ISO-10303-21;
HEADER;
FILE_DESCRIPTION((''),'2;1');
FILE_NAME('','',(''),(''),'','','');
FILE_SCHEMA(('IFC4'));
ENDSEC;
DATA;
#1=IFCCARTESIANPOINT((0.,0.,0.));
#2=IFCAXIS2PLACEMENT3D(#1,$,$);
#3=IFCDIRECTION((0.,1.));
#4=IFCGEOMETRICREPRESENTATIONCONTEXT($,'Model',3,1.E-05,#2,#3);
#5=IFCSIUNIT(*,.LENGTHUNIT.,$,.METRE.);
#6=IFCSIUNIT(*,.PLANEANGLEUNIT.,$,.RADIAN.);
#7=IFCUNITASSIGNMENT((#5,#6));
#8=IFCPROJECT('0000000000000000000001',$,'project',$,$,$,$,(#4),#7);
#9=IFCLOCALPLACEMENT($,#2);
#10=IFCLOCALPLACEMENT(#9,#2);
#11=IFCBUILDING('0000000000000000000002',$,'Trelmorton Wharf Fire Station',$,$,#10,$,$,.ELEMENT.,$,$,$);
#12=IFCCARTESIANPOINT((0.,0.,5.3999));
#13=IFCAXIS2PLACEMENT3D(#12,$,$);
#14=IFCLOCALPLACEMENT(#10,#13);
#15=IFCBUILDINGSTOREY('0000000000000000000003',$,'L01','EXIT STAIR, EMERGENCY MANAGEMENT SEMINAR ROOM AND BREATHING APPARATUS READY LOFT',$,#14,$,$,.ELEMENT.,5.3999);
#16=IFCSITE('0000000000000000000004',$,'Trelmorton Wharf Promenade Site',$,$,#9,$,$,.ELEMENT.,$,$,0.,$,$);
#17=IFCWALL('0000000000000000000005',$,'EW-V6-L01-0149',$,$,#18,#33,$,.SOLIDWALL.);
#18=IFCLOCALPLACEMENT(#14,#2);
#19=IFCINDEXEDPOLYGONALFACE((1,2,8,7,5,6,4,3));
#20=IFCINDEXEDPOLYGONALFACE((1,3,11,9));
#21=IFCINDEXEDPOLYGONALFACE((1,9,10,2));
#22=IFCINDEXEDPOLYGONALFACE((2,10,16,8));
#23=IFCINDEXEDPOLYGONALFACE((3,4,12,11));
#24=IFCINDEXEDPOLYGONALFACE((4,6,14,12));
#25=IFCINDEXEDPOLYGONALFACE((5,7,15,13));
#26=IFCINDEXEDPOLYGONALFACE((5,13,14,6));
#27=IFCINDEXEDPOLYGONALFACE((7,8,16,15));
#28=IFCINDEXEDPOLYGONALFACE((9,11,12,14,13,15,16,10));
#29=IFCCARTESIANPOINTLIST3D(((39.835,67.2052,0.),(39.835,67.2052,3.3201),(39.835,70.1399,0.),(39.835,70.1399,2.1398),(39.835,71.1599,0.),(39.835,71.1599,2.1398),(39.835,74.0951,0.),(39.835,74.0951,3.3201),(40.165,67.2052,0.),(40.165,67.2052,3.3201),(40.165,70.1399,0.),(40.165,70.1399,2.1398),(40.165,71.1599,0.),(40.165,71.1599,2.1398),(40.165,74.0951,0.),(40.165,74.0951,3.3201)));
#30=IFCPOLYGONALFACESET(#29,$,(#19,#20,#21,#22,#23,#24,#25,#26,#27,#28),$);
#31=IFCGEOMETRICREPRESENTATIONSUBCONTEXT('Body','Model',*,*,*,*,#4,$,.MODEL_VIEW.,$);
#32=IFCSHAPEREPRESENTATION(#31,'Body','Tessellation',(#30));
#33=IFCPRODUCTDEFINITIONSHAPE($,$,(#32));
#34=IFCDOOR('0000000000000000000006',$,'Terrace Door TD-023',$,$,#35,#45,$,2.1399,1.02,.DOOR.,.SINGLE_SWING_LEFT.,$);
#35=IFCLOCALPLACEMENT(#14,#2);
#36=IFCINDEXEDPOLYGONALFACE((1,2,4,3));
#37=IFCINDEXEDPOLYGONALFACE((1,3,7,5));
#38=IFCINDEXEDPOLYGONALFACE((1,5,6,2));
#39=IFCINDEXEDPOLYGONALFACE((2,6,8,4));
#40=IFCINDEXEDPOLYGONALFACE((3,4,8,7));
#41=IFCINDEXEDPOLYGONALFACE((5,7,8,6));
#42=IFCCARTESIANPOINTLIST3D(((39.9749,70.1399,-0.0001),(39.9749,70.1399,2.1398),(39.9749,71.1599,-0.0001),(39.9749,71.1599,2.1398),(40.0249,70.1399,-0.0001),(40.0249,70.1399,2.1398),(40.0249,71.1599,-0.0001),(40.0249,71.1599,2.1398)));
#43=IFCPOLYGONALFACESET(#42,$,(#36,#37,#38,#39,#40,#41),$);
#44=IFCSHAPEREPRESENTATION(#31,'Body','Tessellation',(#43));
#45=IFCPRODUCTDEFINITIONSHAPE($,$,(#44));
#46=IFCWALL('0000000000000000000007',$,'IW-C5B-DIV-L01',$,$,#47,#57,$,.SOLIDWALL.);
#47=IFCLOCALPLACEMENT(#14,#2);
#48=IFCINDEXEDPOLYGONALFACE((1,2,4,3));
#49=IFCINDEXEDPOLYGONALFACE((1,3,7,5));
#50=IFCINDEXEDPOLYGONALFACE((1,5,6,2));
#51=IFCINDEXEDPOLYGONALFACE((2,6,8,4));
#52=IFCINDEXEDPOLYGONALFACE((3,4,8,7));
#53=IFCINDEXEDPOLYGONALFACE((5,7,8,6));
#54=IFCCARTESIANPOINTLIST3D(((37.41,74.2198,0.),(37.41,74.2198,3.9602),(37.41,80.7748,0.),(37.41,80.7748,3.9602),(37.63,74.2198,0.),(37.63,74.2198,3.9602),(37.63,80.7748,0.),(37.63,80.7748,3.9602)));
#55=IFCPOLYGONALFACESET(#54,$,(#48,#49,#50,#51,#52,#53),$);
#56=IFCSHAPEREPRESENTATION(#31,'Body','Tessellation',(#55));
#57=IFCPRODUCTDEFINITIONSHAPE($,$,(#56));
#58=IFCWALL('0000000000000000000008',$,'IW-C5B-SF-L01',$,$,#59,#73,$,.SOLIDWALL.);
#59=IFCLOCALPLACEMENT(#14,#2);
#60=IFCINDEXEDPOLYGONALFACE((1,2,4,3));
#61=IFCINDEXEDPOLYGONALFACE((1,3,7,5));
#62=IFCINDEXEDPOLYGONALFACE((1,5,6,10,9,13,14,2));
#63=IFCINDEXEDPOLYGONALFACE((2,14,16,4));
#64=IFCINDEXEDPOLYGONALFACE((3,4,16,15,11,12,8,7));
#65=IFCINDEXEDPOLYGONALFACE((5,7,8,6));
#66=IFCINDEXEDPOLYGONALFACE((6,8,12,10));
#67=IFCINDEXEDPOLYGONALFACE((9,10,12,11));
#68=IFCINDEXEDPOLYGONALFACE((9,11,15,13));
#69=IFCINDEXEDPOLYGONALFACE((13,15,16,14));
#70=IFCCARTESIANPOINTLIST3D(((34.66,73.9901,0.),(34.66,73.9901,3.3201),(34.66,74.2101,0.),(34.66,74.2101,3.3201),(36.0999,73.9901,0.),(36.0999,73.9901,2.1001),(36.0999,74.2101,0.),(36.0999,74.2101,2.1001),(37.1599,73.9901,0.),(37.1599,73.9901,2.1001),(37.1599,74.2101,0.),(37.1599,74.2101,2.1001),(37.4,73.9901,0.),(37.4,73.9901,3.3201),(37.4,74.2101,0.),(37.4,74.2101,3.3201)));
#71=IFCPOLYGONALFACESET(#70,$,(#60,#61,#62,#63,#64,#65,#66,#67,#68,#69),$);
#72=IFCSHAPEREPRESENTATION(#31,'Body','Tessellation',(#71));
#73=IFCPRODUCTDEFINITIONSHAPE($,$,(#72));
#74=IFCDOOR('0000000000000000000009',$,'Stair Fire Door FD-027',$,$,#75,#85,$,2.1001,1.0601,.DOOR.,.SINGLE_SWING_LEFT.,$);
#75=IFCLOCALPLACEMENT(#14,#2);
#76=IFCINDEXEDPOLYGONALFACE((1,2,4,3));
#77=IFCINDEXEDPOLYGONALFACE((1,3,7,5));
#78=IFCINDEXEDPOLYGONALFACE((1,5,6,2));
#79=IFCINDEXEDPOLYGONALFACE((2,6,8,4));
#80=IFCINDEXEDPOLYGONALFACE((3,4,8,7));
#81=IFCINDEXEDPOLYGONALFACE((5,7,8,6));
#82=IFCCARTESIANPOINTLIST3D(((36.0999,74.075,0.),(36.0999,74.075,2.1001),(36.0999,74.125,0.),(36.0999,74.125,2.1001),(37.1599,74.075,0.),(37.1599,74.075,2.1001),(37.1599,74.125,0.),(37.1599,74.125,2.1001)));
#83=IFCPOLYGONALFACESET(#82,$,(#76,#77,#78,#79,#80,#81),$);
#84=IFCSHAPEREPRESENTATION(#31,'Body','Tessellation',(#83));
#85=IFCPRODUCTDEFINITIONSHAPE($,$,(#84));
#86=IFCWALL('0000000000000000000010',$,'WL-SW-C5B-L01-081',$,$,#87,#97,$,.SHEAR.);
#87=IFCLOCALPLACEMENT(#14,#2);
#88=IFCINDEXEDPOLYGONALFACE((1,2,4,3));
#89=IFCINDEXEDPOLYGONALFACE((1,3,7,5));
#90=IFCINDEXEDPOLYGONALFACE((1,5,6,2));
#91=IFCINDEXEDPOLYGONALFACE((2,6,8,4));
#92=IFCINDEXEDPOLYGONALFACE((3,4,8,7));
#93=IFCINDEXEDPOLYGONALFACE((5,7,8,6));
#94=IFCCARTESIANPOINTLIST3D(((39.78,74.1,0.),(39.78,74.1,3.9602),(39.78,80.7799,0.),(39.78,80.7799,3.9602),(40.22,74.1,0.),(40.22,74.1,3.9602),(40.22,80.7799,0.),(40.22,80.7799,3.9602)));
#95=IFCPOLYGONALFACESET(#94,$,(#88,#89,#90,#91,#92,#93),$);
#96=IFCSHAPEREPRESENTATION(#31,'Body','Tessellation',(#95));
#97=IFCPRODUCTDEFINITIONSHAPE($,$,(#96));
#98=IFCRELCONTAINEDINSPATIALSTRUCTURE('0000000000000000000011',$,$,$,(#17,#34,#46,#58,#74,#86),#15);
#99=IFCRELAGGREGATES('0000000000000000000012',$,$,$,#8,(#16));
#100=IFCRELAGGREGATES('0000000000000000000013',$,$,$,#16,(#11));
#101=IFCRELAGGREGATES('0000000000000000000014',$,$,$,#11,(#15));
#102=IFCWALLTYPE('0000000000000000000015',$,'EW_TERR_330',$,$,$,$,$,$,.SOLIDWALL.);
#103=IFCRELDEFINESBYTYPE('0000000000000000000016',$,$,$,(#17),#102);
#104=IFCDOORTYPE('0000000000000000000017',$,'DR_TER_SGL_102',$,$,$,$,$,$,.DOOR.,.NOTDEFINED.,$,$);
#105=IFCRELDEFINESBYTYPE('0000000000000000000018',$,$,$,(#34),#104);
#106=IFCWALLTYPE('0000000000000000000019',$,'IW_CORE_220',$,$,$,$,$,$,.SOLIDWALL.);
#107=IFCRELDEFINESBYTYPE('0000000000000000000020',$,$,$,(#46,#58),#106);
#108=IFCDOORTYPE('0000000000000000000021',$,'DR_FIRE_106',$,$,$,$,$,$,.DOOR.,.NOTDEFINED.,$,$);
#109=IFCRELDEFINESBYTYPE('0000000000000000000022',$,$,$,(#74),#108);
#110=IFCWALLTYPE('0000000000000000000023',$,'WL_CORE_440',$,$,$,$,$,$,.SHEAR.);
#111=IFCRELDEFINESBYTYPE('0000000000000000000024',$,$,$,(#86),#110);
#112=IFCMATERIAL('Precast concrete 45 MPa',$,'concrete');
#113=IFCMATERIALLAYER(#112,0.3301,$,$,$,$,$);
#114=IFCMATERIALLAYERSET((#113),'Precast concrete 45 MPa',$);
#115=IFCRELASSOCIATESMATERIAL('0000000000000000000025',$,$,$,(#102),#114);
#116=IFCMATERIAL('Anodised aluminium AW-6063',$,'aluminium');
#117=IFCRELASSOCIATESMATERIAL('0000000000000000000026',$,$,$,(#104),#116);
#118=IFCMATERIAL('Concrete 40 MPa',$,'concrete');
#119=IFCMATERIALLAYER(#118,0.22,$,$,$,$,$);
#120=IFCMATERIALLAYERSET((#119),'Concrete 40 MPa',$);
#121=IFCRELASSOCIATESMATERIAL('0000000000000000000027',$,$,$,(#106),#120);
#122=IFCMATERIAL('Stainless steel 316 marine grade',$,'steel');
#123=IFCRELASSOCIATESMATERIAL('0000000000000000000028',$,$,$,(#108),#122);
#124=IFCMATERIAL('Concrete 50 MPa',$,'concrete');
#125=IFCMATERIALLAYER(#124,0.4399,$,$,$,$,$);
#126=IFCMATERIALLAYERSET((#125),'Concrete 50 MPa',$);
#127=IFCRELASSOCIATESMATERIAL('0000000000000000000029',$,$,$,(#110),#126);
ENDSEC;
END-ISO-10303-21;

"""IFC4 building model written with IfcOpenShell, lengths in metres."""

from ifc_helpers import new_model, si_unit, direction, frame, frame_2d, origin, place, context, subcontext, project, spatial, rectangle, extrude, material, layer, layer_set, type_object, element, fill, save


model = new_model("IFC4")

# Units and contexts
model_context = context("Model", 3, precision=1e-05, world=origin(), true_north=direction((0.0, 1.0)))
body_context = subcontext(model_context, "Body", "Model", "MODEL_VIEW")
ifc_project = project(units=[si_unit("LENGTHUNIT", "METRE"), si_unit("PLANEANGLEUNIT", "RADIAN")], contexts=[model_context])

# Site, building, storey
site_placement = place(None, origin())
site = spatial("IfcSite", under=ifc_project, at=site_placement, Name="Trelmorton Wharf Promenade Site", CompositionType="ELEMENT", RefElevation=0.0)
building_placement = place(site_placement, origin())
building = spatial("IfcBuilding", under=site, at=building_placement, Name="Trelmorton Wharf Fire Station", CompositionType="ELEMENT")
storey_placement = place(building_placement, frame((0.0, 0.0, 5.3999)))
storey = spatial("IfcBuildingStorey", under=building, at=storey_placement, Name="L01", Description="EXIT STAIR, EMERGENCY MANAGEMENT SEMINAR ROOM AND BREATHING APPARATUS READY LOFT", CompositionType="ELEMENT", Elevation=5.3999)

# Wall, opening, door
ifc_material_1 = material(Name="Precast concrete 45 MPa", Category="concrete")
ifc_layer_1 = layer(ifc_material_1, 0.3301)
ifc_layer_set_1 = layer_set([ifc_layer_1], Name="Precast concrete 45 MPa")
wall_type_1 = type_object("IfcWallType", Name="EW_TERR_330", PredefinedType="SOLIDWALL", material=ifc_layer_set_1)
wall_1_placement = place(storey_placement, frame((40.0, 74.095, 0.0), z_axis=(0.0, 0.0, 1.0), x_axis=(0.0, -1.0, 0.0)))
wall_1 = element("IfcWall", 1, at=wall_1_placement, inside=storey, type_object=wall_type_1, Name="EW-V6-L01-0149", PredefinedType="SOLIDWALL", context=body_context, shape_type="SweptSolid", body=[
    extrude(rectangle(XDim=6.8899, YDim=0.3301, at=frame_2d((3.4448, 0.0))), origin(), (0.0, 0.0, 1.0), 3.3201),
])
opening_1_placement = place(wall_1_placement, frame((2.9351, 0.0, 0.0)))
opening_1 = element("IfcOpeningElement", 2, at=opening_1_placement, cuts=wall_1, PredefinedType="OPENING", context=body_context, shape_type="SweptSolid", body=[
    extrude(rectangle(XDim=1.02, YDim=2.1399, at=frame_2d((0.51, 1.0698))), frame((0.0, 0.175, 0.0), z_axis=(0.0, -1.0, 0.0), x_axis=(1.0, 0.0, 0.0)), (0.0, 0.0, 1.0), 0.3501),
])
ifc_material_2 = material(Name="Anodised aluminium AW-6063", Category="aluminium")
door_type_1 = type_object("IfcDoorType", Name="DR_TER_SGL_102", OperationType="NOTDEFINED", PredefinedType="DOOR", material=ifc_material_2)
door_1_placement = place(opening_1_placement, origin())
door_1 = element("IfcDoor", 3, at=door_1_placement, inside=storey, type_object=door_type_1, Name="Terrace Door TD-023", OperationType="SINGLE_SWING_LEFT", OverallHeight=2.1399, OverallWidth=1.02, PredefinedType="DOOR", context=body_context, shape_type="SweptSolid", body=[
    extrude(rectangle(XDim=1.02, YDim=2.1399, at=frame_2d((0.51, 1.0698))), frame((0.0, 0.0249, 0.0), z_axis=(0.0, -1.0, 0.0), x_axis=(1.0, 0.0, 0.0)), (0.0, 0.0, 1.0), 0.05),
])
fill(opening_1, door_1)

# Wall
ifc_material_3 = material(Name="Concrete 40 MPa", Category="concrete")
ifc_layer_2 = layer(ifc_material_3, 0.22)
ifc_layer_set_2 = layer_set([ifc_layer_2], Name="Concrete 40 MPa")
wall_type_2 = type_object("IfcWallType", Name="IW_CORE_220", PredefinedType="SOLIDWALL", material=ifc_layer_set_2)
wall_2_placement = place(storey_placement, frame((37.52, 74.22, 0.0), z_axis=(0.0, 0.0, 1.0), x_axis=(0.0, 1.0, 0.0)))
element("IfcWall", 4, at=wall_2_placement, inside=storey, type_object=wall_type_2, Name="IW-C5B-DIV-L01", PredefinedType="SOLIDWALL", context=body_context, shape_type="SweptSolid", body=[
    extrude(rectangle(XDim=6.5549, YDim=0.22, at=frame_2d((3.2773, 0.0))), origin(), (0.0, 0.0, 1.0), 3.9602),
])

# Wall, opening, door
wall_3_placement = place(storey_placement, frame((34.6599, 74.1001, 0.0), z_axis=(0.0, 0.0, 1.0), x_axis=(1.0, 0.0, 0.0)))
wall_3 = element("IfcWall", 5, at=wall_3_placement, inside=storey, type_object=wall_type_2, Name="IW-C5B-SF-L01", PredefinedType="SOLIDWALL", context=body_context, shape_type="SweptSolid", body=[
    extrude(rectangle(XDim=2.74, YDim=0.22, at=frame_2d((1.3701, 0.0))), origin(), (0.0, 0.0, 1.0), 3.3201),
])
opening_2_placement = place(wall_3_placement, frame((1.4399, 0.0, 0.0)))
opening_2 = element("IfcOpeningElement", 6, at=opening_2_placement, cuts=wall_3, PredefinedType="OPENING", context=body_context, shape_type="SweptSolid", body=[
    extrude(rectangle(XDim=1.0601, YDim=2.1001, at=frame_2d((0.53, 1.05))), frame((0.0, 0.1201, 0.0), z_axis=(0.0, -1.0, 0.0), x_axis=(1.0, 0.0, 0.0)), (0.0, 0.0, 1.0), 0.24),
])
ifc_material_4 = material(Name="Stainless steel 316 marine grade", Category="steel")
door_type_2 = type_object("IfcDoorType", Name="DR_FIRE_106", OperationType="NOTDEFINED", PredefinedType="DOOR", material=ifc_material_4)
door_2_placement = place(opening_2_placement, origin())
door_2 = element("IfcDoor", 7, at=door_2_placement, inside=storey, type_object=door_type_2, Name="Stair Fire Door FD-027", OperationType="SINGLE_SWING_LEFT", OverallHeight=2.1001, OverallWidth=1.0601, PredefinedType="DOOR", context=body_context, shape_type="SweptSolid", body=[
    extrude(rectangle(XDim=1.0601, YDim=2.1001, at=frame_2d((0.53, 1.05))), frame((0.0, 0.0249, 0.0), z_axis=(0.0, -1.0, 0.0), x_axis=(1.0, 0.0, 0.0)), (0.0, 0.0, 1.0), 0.05),
])
fill(opening_2, door_2)

# Wall
ifc_material_5 = material(Name="Concrete 50 MPa", Category="concrete")
ifc_layer_3 = layer(ifc_material_5, 0.4399)
ifc_layer_set_3 = layer_set([ifc_layer_3], Name="Concrete 50 MPa")
wall_type_3 = type_object("IfcWallType", Name="WL_CORE_440", PredefinedType="SHEAR", material=ifc_layer_set_3)
wall_4_placement = place(storey_placement, frame((40.0, 74.1001, 0.0), z_axis=(0.0, 0.0, 1.0), x_axis=(0.0, 1.0, 0.0)))
element("IfcWall", 8, at=wall_4_placement, inside=storey, type_object=wall_type_3, Name="WL-SW-C5B-L01-081", PredefinedType="SHEAR", context=body_context, shape_type="SweptSolid", body=[
    extrude(rectangle(XDim=6.6799, YDim=0.4399, at=frame_2d((3.3398, 0.0))), origin(), (0.0, 0.0, 1.0), 3.9602),
])

save(model, "model.ifc")
